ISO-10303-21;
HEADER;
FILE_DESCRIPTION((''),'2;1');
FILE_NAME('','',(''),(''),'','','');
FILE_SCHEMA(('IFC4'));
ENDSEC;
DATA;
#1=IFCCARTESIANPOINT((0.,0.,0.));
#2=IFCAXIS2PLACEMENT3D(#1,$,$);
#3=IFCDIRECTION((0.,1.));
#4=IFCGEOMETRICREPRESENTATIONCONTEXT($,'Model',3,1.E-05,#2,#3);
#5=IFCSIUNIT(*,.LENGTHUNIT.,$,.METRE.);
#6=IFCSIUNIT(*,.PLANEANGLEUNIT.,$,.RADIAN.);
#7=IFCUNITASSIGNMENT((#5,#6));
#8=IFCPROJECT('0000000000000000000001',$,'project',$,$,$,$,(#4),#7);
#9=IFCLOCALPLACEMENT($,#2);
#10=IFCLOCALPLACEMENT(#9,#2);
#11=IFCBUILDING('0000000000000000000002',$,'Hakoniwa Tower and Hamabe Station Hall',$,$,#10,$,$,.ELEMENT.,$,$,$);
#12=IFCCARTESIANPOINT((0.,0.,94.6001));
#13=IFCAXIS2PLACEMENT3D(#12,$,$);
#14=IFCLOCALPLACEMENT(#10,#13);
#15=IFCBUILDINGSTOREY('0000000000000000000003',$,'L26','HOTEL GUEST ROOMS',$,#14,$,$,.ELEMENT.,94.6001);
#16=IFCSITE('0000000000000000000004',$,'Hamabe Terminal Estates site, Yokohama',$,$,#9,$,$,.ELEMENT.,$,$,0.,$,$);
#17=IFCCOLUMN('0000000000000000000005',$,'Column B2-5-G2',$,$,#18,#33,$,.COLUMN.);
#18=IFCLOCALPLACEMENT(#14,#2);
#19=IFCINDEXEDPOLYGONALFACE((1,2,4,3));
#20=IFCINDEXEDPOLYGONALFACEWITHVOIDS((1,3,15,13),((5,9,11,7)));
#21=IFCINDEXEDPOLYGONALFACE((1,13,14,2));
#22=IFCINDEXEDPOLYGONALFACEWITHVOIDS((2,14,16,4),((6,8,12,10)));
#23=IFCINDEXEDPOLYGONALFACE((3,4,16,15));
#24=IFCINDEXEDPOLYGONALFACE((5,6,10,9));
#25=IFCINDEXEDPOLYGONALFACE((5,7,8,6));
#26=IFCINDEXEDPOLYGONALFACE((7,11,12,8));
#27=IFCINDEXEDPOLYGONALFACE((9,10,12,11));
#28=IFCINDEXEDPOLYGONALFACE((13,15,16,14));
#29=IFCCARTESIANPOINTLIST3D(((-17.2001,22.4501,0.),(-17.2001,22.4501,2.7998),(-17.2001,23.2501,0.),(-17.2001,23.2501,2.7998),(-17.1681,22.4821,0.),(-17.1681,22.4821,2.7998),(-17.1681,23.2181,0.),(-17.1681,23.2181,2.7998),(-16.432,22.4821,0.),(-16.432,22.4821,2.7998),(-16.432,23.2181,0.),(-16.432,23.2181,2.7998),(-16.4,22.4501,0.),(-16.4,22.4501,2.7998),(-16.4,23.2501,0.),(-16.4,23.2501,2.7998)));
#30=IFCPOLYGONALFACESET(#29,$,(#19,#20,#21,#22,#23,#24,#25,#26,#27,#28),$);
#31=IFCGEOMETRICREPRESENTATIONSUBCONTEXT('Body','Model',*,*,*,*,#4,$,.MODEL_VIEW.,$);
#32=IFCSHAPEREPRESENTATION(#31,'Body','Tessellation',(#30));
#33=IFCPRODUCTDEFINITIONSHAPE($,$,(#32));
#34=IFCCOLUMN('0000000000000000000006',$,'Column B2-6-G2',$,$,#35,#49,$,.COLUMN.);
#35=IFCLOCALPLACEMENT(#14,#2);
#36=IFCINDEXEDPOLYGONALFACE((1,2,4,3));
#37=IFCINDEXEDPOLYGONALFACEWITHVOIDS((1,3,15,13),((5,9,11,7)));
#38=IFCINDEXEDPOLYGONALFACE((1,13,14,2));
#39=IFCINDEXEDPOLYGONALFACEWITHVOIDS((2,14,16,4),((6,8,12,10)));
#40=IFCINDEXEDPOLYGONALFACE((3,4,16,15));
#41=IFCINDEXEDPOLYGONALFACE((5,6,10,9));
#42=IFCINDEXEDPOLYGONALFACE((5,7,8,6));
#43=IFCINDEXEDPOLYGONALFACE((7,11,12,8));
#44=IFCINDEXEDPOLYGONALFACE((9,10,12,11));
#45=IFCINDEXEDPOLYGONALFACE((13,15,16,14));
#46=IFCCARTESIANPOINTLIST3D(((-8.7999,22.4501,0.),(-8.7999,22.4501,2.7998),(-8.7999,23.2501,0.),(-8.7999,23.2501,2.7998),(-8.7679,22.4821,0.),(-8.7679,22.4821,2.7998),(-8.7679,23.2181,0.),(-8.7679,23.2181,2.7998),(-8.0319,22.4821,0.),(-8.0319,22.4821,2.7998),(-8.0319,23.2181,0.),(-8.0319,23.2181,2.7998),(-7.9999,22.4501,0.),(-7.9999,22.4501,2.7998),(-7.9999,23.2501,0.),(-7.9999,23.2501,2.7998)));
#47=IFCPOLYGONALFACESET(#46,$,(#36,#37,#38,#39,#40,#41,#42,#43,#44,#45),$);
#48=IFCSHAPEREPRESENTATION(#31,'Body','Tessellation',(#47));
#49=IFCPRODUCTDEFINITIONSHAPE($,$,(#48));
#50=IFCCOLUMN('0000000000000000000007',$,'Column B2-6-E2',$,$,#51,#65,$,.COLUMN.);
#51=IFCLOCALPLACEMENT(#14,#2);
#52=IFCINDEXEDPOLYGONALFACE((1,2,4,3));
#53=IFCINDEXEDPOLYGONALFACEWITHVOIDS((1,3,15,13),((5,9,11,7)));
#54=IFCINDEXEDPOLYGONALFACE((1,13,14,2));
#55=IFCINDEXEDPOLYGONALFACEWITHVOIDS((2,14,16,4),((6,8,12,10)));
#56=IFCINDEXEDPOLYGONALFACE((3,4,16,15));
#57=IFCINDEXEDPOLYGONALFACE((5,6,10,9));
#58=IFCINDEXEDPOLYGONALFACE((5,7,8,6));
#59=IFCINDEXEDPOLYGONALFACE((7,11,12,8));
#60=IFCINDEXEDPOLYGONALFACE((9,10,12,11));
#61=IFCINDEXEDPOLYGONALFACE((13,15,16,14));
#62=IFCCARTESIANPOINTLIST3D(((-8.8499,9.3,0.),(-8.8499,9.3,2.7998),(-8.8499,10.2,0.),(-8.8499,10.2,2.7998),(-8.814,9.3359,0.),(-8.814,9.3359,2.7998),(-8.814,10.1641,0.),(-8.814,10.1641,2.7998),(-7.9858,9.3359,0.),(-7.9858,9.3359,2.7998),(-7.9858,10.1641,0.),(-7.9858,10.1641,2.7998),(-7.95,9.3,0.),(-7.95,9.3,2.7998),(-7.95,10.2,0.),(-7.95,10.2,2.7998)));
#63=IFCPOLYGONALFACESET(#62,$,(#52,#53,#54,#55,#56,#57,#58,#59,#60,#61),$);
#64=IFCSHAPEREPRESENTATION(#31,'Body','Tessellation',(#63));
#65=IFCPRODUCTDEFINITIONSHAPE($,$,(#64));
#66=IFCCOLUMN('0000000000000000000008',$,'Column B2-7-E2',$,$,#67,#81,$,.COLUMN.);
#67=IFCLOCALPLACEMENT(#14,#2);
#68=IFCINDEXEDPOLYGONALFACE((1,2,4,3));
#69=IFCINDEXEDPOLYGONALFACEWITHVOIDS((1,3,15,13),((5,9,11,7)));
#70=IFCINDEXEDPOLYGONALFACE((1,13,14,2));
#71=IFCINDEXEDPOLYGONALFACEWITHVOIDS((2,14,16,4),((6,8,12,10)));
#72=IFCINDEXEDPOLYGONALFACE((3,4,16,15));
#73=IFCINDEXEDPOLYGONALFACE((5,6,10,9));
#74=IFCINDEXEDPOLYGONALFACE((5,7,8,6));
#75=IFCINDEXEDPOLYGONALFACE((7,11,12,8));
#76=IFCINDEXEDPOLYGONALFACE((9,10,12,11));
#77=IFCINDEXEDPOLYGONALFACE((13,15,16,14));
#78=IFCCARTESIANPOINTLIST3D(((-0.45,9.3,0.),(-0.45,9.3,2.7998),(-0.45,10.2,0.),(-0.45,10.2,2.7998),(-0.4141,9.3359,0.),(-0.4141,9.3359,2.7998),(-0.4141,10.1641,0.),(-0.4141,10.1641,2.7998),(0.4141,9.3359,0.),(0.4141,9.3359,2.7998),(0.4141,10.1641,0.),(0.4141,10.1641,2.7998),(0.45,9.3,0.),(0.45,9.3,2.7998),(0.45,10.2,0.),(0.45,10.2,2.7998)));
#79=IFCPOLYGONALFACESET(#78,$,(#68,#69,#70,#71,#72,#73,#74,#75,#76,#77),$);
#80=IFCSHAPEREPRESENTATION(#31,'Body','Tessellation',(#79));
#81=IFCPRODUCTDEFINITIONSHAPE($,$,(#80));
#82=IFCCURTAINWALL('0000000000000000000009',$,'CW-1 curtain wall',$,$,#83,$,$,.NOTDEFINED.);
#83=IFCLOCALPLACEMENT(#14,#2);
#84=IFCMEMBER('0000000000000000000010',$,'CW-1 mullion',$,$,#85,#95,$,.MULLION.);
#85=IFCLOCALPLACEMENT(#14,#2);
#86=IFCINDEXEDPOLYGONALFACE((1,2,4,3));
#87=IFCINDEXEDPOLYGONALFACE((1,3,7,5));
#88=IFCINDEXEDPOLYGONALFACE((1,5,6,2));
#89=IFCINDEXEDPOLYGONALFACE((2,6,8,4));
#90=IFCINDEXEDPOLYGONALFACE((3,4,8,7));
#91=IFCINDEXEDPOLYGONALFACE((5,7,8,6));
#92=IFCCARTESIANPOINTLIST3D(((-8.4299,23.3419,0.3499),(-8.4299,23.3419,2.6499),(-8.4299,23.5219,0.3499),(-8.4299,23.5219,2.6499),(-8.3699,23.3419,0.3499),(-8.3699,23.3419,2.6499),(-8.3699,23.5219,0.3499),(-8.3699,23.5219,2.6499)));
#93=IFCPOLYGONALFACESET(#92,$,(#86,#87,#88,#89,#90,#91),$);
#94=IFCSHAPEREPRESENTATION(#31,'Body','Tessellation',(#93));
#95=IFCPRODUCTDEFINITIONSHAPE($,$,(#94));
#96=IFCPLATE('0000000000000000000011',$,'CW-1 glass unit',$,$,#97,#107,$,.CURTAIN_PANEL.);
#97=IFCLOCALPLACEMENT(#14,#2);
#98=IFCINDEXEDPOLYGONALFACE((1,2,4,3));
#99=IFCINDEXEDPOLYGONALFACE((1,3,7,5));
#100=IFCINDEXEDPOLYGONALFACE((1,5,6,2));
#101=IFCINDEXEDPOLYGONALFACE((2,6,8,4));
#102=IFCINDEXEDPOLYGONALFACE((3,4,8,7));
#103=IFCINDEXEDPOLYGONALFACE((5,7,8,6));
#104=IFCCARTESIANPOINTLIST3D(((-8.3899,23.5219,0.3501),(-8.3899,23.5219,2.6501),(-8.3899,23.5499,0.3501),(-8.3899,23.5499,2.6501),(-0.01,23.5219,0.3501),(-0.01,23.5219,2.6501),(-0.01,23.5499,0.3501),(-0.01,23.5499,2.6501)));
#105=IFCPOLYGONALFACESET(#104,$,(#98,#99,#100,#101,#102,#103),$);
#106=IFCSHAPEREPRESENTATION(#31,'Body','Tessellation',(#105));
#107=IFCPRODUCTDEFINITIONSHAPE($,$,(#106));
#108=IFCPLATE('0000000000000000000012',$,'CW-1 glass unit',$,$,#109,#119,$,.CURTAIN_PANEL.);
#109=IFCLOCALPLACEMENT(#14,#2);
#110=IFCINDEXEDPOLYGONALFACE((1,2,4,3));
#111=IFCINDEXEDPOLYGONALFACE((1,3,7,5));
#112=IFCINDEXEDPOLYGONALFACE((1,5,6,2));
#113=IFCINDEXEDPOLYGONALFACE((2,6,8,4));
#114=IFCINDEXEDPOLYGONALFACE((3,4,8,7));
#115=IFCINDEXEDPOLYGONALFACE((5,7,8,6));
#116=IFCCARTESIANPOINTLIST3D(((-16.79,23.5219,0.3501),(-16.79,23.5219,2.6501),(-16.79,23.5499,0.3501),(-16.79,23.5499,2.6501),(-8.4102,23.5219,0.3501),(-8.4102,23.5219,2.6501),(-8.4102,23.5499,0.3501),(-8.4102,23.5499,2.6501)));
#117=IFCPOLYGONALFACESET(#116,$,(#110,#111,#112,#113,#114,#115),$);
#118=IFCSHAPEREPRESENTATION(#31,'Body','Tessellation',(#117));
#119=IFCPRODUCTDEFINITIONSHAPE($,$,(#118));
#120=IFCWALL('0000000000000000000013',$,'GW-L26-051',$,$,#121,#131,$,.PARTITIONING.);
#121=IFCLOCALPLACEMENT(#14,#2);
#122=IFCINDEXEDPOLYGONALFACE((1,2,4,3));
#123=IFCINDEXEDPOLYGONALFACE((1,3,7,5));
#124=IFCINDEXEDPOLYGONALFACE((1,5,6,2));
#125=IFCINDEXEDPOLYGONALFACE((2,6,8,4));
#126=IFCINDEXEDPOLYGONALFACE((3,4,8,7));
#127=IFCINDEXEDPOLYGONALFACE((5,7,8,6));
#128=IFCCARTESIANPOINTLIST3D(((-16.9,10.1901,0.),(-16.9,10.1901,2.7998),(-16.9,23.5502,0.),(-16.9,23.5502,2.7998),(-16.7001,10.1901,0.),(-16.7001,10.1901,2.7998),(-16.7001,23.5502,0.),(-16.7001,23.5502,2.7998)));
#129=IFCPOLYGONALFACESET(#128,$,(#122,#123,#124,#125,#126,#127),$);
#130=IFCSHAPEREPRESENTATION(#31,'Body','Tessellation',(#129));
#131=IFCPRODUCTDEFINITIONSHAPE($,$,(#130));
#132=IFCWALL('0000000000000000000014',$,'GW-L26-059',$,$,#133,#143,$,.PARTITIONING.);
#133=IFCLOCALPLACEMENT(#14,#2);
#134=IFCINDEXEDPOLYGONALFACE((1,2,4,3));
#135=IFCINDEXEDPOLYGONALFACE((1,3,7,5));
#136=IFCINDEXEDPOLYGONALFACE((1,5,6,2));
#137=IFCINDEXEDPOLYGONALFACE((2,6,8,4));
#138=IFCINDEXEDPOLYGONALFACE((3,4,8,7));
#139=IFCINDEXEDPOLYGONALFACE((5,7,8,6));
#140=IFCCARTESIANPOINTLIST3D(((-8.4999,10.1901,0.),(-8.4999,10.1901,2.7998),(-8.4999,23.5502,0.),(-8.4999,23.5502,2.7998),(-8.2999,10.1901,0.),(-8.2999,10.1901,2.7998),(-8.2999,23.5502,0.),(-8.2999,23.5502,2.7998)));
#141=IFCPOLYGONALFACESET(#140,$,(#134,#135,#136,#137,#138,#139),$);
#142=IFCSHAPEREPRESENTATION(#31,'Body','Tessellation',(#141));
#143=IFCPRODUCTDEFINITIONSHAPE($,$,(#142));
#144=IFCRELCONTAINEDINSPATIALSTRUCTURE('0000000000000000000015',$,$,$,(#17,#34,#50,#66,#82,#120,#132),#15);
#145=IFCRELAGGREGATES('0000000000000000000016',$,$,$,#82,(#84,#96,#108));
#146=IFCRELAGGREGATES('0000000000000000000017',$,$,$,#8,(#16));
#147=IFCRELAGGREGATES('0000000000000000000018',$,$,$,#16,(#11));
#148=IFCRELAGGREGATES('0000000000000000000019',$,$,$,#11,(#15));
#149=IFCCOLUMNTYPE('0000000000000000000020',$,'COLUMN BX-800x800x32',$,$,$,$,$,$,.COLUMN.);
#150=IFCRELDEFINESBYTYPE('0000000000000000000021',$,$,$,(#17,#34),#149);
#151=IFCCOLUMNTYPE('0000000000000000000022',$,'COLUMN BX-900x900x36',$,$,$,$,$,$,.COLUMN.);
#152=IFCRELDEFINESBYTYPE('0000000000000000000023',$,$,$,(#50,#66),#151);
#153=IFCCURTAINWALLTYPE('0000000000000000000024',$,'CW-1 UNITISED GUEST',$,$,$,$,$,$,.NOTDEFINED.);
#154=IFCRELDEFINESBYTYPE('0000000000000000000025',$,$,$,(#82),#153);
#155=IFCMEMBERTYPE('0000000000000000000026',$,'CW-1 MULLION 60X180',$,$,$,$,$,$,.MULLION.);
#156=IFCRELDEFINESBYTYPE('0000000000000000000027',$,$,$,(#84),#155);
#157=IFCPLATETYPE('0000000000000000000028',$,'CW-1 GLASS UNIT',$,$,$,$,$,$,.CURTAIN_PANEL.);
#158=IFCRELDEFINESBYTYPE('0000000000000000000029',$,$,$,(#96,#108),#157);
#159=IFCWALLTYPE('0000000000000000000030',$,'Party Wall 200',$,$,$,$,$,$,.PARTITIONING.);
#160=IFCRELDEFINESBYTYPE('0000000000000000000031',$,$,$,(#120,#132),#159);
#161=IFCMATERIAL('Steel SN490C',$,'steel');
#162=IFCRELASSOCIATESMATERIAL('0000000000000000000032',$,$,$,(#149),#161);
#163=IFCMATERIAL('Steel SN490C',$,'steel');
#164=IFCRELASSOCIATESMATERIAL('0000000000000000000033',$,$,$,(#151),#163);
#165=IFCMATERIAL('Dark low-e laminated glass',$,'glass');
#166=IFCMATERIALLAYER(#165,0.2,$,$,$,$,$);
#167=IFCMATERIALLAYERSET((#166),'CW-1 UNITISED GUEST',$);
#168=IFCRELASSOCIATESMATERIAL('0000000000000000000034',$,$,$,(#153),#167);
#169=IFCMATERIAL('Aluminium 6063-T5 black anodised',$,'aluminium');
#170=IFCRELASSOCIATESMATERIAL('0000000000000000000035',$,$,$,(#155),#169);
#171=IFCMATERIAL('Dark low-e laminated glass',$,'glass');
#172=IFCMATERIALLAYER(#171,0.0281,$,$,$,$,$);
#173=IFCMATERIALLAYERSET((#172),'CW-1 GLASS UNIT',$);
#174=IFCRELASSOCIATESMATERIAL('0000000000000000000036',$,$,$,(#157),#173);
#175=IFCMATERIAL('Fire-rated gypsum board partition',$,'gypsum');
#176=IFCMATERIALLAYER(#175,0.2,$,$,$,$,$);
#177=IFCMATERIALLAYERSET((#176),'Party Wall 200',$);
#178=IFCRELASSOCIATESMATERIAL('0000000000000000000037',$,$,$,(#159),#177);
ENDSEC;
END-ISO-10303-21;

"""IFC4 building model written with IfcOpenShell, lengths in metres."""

from ifc_helpers import new_model, si_unit, direction, frame, frame_2d, origin, origin_2d, place, context, subcontext, project, spatial, rectangle, hollow_rectangle, extrude, material, layer, layer_set, material_profile, profile_set, type_object, element, aggregate, save


model = new_model("IFC4")

# Units and contexts
model_context = context("Model", 3, precision=1e-05, world=origin(), true_north=direction((0.0, 1.0)))
body_context = subcontext(model_context, "Body", "Model", "MODEL_VIEW")
ifc_project = project(units=[si_unit("LENGTHUNIT", "METRE"), si_unit("PLANEANGLEUNIT", "RADIAN")], contexts=[model_context])

# Site, building, storey
site_placement = place(None, origin())
site = spatial("IfcSite", under=ifc_project, at=site_placement, Name="Hamabe Terminal Estates site, Yokohama", CompositionType="ELEMENT", RefElevation=0.0)
building_placement = place(site_placement, origin())
building = spatial("IfcBuilding", under=site, at=building_placement, Name="Hakoniwa Tower and Hamabe Station Hall", CompositionType="ELEMENT")
storey_placement = place(building_placement, frame((0.0, 0.0, 94.6001)))
storey = spatial("IfcBuildingStorey", under=building, at=storey_placement, Name="L26", Description="HOTEL GUEST ROOMS", CompositionType="ELEMENT", Elevation=94.6001)

# Columns
ifc_material_1 = material(Name="Steel SN490C", Category="steel")
ifc_material_profile_1 = material_profile(ifc_material_1, hollow_rectangle(XDim=0.8, YDim=0.8, WallThickness=0.032, at=origin_2d()), Name="BX-800x800x32")
ifc_profile_set_1 = profile_set([ifc_material_profile_1], Name="Steel SN490C")
column_type_1 = type_object("IfcColumnType", Name="COLUMN BX-800x800x32", PredefinedType="COLUMN", material=ifc_profile_set_1)
for number, where, z_axis, x_axis, name in (
    (1, (-16.8, 22.8501, 0.0), (0.0, 0.0, 1.0), (1.0, 0.0, 0.0), "Column B2-5-G2"),
    (2, (-8.3999, 22.8501, 0.0), (0.0, 0.0, 1.0), (1.0, 0.0, 0.0), "Column B2-6-G2"),
):
    element("IfcColumn", number, at=place(storey_placement, frame(where, z_axis=z_axis, x_axis=x_axis)), inside=storey, type_object=column_type_1, Name=name, PredefinedType="COLUMN", context=body_context, shape_type="SweptSolid", body=[
        extrude(hollow_rectangle(XDim=0.8, YDim=0.8, WallThickness=0.032, at=origin_2d()), origin(), (0.0, 0.0, 1.0), 2.7998),
    ])
ifc_material_2 = material(Name="Steel SN490C", Category="steel")
ifc_material_profile_2 = material_profile(ifc_material_2, hollow_rectangle(XDim=0.8999, YDim=0.8999, WallThickness=0.0359, at=origin_2d()), Name="BX-900x900x36")
ifc_profile_set_2 = profile_set([ifc_material_profile_2], Name="Steel SN490C")
column_type_2 = type_object("IfcColumnType", Name="COLUMN BX-900x900x36", PredefinedType="COLUMN", material=ifc_profile_set_2)
for number, where, z_axis, x_axis, name in (
    (3, (-8.3999, 9.75, 0.0), (0.0, 0.0, 1.0), (1.0, 0.0, 0.0), "Column B2-6-E2"),
    (4, (0.0, 9.75, 0.0), (0.0, 0.0, 1.0), (1.0, 0.0, 0.0), "Column B2-7-E2"),
):
    element("IfcColumn", number, at=place(storey_placement, frame(where, z_axis=z_axis, x_axis=x_axis)), inside=storey, type_object=column_type_2, Name=name, PredefinedType="COLUMN", context=body_context, shape_type="SweptSolid", body=[
        extrude(hollow_rectangle(XDim=0.8999, YDim=0.8999, WallThickness=0.0359, at=origin_2d()), origin(), (0.0, 0.0, 1.0), 2.7998),
    ])

# Curtain wall, member, plates
ifc_material_3 = material(Name="Dark low-e laminated glass", Category="glass")
ifc_layer_1 = layer(ifc_material_3, 0.2)
ifc_layer_set_1 = layer_set([ifc_layer_1], Name="CW-1 UNITISED GUEST")
curtain_wall_type = type_object("IfcCurtainWallType", Name="CW-1 UNITISED GUEST", PredefinedType="NOTDEFINED", material=ifc_layer_set_1)
curtain_wall_placement = place(storey_placement, origin())
curtain_wall = element("IfcCurtainWall", 5, at=curtain_wall_placement, inside=storey, type_object=curtain_wall_type, Name="CW-1 curtain wall", PredefinedType="NOTDEFINED")
ifc_material_4 = material(Name="Aluminium 6063-T5 black anodised", Category="aluminium")
ifc_material_profile_3 = material_profile(ifc_material_4, rectangle(XDim=0.0601, YDim=0.1799, at=origin_2d()), Name="CW-1 MULLION 60X180")
ifc_profile_set_3 = profile_set([ifc_material_profile_3], Name="Aluminium 6063-T5 black anodised")
member_type = type_object("IfcMemberType", Name="CW-1 MULLION 60X180", PredefinedType="MULLION", material=ifc_profile_set_3)
member_placement = place(storey_placement, frame((-8.3999, 23.4319, 0.3499), z_axis=(0.0, 0.0, 1.0), x_axis=(-1.0, 0.0, 0.0)))
member = element("IfcMember", 6, at=member_placement, type_object=member_type, Name="CW-1 mullion", PredefinedType="MULLION", context=body_context, shape_type="SweptSolid", body=[
    extrude(rectangle(XDim=0.0601, YDim=0.1799, at=origin_2d()), origin(), (0.0, 0.0, 1.0), 2.3),
])
ifc_material_5 = material(Name="Dark low-e laminated glass", Category="glass")
ifc_layer_2 = layer(ifc_material_5, 0.0281)
ifc_layer_set_2 = layer_set([ifc_layer_2], Name="CW-1 GLASS UNIT")
plate_type = type_object("IfcPlateType", Name="CW-1 GLASS UNIT", PredefinedType="CURTAIN_PANEL", material=ifc_layer_set_2)
plate_1_placement = place(storey_placement, frame((-4.2, 23.5359, 0.3501), z_axis=(0.0, 0.0, 1.0), x_axis=(-1.0, 0.0, 0.0)))
plate_1 = element("IfcPlate", 7, at=plate_1_placement, type_object=plate_type, Name="CW-1 glass unit", PredefinedType="CURTAIN_PANEL", context=body_context, shape_type="SweptSolid", body=[
    extrude(rectangle(XDim=8.3799, YDim=0.0281, at=origin_2d()), origin(), (0.0, 0.0, 1.0), 2.3),
])
plate_2_placement = place(storey_placement, frame((-12.6001, 23.5359, 0.3501), z_axis=(0.0, 0.0, 1.0), x_axis=(-1.0, 0.0, 0.0)))
plate_2 = element("IfcPlate", 8, at=plate_2_placement, type_object=plate_type, Name="CW-1 glass unit", PredefinedType="CURTAIN_PANEL", context=body_context, shape_type="SweptSolid", body=[
    extrude(rectangle(XDim=8.3799, YDim=0.0281, at=origin_2d()), origin(), (0.0, 0.0, 1.0), 2.3),
])
aggregate(curtain_wall, [member, plate_1, plate_2])

# Walls
ifc_material_6 = material(Name="Fire-rated gypsum board partition", Category="gypsum")
ifc_layer_3 = layer(ifc_material_6, 0.2)
ifc_layer_set_3 = layer_set([ifc_layer_3], Name="Party Wall 200")
wall_type = type_object("IfcWallType", Name="Party Wall 200", PredefinedType="PARTITIONING", material=ifc_layer_set_3)
for number, where, z_axis, x_axis, name in (
    (9, (-16.8, 10.1899, 0.0), (0.0, 0.0, 1.0), (0.0, 1.0, 0.0), "GW-L26-051"),
    (10, (-8.3999, 10.1899, 0.0), (0.0, 0.0, 1.0), (0.0, 1.0, 0.0), "GW-L26-059"),
):
    element("IfcWall", number, at=place(storey_placement, frame(where, z_axis=z_axis, x_axis=x_axis)), inside=storey, type_object=wall_type, Name=name, PredefinedType="PARTITIONING", context=body_context, shape_type="SweptSolid", body=[
        extrude(rectangle(XDim=13.3601, YDim=0.2, at=frame_2d((6.6802, 0.0))), origin(), (0.0, 0.0, 1.0), 2.7998),
    ])

save(model, "model.ifc")
